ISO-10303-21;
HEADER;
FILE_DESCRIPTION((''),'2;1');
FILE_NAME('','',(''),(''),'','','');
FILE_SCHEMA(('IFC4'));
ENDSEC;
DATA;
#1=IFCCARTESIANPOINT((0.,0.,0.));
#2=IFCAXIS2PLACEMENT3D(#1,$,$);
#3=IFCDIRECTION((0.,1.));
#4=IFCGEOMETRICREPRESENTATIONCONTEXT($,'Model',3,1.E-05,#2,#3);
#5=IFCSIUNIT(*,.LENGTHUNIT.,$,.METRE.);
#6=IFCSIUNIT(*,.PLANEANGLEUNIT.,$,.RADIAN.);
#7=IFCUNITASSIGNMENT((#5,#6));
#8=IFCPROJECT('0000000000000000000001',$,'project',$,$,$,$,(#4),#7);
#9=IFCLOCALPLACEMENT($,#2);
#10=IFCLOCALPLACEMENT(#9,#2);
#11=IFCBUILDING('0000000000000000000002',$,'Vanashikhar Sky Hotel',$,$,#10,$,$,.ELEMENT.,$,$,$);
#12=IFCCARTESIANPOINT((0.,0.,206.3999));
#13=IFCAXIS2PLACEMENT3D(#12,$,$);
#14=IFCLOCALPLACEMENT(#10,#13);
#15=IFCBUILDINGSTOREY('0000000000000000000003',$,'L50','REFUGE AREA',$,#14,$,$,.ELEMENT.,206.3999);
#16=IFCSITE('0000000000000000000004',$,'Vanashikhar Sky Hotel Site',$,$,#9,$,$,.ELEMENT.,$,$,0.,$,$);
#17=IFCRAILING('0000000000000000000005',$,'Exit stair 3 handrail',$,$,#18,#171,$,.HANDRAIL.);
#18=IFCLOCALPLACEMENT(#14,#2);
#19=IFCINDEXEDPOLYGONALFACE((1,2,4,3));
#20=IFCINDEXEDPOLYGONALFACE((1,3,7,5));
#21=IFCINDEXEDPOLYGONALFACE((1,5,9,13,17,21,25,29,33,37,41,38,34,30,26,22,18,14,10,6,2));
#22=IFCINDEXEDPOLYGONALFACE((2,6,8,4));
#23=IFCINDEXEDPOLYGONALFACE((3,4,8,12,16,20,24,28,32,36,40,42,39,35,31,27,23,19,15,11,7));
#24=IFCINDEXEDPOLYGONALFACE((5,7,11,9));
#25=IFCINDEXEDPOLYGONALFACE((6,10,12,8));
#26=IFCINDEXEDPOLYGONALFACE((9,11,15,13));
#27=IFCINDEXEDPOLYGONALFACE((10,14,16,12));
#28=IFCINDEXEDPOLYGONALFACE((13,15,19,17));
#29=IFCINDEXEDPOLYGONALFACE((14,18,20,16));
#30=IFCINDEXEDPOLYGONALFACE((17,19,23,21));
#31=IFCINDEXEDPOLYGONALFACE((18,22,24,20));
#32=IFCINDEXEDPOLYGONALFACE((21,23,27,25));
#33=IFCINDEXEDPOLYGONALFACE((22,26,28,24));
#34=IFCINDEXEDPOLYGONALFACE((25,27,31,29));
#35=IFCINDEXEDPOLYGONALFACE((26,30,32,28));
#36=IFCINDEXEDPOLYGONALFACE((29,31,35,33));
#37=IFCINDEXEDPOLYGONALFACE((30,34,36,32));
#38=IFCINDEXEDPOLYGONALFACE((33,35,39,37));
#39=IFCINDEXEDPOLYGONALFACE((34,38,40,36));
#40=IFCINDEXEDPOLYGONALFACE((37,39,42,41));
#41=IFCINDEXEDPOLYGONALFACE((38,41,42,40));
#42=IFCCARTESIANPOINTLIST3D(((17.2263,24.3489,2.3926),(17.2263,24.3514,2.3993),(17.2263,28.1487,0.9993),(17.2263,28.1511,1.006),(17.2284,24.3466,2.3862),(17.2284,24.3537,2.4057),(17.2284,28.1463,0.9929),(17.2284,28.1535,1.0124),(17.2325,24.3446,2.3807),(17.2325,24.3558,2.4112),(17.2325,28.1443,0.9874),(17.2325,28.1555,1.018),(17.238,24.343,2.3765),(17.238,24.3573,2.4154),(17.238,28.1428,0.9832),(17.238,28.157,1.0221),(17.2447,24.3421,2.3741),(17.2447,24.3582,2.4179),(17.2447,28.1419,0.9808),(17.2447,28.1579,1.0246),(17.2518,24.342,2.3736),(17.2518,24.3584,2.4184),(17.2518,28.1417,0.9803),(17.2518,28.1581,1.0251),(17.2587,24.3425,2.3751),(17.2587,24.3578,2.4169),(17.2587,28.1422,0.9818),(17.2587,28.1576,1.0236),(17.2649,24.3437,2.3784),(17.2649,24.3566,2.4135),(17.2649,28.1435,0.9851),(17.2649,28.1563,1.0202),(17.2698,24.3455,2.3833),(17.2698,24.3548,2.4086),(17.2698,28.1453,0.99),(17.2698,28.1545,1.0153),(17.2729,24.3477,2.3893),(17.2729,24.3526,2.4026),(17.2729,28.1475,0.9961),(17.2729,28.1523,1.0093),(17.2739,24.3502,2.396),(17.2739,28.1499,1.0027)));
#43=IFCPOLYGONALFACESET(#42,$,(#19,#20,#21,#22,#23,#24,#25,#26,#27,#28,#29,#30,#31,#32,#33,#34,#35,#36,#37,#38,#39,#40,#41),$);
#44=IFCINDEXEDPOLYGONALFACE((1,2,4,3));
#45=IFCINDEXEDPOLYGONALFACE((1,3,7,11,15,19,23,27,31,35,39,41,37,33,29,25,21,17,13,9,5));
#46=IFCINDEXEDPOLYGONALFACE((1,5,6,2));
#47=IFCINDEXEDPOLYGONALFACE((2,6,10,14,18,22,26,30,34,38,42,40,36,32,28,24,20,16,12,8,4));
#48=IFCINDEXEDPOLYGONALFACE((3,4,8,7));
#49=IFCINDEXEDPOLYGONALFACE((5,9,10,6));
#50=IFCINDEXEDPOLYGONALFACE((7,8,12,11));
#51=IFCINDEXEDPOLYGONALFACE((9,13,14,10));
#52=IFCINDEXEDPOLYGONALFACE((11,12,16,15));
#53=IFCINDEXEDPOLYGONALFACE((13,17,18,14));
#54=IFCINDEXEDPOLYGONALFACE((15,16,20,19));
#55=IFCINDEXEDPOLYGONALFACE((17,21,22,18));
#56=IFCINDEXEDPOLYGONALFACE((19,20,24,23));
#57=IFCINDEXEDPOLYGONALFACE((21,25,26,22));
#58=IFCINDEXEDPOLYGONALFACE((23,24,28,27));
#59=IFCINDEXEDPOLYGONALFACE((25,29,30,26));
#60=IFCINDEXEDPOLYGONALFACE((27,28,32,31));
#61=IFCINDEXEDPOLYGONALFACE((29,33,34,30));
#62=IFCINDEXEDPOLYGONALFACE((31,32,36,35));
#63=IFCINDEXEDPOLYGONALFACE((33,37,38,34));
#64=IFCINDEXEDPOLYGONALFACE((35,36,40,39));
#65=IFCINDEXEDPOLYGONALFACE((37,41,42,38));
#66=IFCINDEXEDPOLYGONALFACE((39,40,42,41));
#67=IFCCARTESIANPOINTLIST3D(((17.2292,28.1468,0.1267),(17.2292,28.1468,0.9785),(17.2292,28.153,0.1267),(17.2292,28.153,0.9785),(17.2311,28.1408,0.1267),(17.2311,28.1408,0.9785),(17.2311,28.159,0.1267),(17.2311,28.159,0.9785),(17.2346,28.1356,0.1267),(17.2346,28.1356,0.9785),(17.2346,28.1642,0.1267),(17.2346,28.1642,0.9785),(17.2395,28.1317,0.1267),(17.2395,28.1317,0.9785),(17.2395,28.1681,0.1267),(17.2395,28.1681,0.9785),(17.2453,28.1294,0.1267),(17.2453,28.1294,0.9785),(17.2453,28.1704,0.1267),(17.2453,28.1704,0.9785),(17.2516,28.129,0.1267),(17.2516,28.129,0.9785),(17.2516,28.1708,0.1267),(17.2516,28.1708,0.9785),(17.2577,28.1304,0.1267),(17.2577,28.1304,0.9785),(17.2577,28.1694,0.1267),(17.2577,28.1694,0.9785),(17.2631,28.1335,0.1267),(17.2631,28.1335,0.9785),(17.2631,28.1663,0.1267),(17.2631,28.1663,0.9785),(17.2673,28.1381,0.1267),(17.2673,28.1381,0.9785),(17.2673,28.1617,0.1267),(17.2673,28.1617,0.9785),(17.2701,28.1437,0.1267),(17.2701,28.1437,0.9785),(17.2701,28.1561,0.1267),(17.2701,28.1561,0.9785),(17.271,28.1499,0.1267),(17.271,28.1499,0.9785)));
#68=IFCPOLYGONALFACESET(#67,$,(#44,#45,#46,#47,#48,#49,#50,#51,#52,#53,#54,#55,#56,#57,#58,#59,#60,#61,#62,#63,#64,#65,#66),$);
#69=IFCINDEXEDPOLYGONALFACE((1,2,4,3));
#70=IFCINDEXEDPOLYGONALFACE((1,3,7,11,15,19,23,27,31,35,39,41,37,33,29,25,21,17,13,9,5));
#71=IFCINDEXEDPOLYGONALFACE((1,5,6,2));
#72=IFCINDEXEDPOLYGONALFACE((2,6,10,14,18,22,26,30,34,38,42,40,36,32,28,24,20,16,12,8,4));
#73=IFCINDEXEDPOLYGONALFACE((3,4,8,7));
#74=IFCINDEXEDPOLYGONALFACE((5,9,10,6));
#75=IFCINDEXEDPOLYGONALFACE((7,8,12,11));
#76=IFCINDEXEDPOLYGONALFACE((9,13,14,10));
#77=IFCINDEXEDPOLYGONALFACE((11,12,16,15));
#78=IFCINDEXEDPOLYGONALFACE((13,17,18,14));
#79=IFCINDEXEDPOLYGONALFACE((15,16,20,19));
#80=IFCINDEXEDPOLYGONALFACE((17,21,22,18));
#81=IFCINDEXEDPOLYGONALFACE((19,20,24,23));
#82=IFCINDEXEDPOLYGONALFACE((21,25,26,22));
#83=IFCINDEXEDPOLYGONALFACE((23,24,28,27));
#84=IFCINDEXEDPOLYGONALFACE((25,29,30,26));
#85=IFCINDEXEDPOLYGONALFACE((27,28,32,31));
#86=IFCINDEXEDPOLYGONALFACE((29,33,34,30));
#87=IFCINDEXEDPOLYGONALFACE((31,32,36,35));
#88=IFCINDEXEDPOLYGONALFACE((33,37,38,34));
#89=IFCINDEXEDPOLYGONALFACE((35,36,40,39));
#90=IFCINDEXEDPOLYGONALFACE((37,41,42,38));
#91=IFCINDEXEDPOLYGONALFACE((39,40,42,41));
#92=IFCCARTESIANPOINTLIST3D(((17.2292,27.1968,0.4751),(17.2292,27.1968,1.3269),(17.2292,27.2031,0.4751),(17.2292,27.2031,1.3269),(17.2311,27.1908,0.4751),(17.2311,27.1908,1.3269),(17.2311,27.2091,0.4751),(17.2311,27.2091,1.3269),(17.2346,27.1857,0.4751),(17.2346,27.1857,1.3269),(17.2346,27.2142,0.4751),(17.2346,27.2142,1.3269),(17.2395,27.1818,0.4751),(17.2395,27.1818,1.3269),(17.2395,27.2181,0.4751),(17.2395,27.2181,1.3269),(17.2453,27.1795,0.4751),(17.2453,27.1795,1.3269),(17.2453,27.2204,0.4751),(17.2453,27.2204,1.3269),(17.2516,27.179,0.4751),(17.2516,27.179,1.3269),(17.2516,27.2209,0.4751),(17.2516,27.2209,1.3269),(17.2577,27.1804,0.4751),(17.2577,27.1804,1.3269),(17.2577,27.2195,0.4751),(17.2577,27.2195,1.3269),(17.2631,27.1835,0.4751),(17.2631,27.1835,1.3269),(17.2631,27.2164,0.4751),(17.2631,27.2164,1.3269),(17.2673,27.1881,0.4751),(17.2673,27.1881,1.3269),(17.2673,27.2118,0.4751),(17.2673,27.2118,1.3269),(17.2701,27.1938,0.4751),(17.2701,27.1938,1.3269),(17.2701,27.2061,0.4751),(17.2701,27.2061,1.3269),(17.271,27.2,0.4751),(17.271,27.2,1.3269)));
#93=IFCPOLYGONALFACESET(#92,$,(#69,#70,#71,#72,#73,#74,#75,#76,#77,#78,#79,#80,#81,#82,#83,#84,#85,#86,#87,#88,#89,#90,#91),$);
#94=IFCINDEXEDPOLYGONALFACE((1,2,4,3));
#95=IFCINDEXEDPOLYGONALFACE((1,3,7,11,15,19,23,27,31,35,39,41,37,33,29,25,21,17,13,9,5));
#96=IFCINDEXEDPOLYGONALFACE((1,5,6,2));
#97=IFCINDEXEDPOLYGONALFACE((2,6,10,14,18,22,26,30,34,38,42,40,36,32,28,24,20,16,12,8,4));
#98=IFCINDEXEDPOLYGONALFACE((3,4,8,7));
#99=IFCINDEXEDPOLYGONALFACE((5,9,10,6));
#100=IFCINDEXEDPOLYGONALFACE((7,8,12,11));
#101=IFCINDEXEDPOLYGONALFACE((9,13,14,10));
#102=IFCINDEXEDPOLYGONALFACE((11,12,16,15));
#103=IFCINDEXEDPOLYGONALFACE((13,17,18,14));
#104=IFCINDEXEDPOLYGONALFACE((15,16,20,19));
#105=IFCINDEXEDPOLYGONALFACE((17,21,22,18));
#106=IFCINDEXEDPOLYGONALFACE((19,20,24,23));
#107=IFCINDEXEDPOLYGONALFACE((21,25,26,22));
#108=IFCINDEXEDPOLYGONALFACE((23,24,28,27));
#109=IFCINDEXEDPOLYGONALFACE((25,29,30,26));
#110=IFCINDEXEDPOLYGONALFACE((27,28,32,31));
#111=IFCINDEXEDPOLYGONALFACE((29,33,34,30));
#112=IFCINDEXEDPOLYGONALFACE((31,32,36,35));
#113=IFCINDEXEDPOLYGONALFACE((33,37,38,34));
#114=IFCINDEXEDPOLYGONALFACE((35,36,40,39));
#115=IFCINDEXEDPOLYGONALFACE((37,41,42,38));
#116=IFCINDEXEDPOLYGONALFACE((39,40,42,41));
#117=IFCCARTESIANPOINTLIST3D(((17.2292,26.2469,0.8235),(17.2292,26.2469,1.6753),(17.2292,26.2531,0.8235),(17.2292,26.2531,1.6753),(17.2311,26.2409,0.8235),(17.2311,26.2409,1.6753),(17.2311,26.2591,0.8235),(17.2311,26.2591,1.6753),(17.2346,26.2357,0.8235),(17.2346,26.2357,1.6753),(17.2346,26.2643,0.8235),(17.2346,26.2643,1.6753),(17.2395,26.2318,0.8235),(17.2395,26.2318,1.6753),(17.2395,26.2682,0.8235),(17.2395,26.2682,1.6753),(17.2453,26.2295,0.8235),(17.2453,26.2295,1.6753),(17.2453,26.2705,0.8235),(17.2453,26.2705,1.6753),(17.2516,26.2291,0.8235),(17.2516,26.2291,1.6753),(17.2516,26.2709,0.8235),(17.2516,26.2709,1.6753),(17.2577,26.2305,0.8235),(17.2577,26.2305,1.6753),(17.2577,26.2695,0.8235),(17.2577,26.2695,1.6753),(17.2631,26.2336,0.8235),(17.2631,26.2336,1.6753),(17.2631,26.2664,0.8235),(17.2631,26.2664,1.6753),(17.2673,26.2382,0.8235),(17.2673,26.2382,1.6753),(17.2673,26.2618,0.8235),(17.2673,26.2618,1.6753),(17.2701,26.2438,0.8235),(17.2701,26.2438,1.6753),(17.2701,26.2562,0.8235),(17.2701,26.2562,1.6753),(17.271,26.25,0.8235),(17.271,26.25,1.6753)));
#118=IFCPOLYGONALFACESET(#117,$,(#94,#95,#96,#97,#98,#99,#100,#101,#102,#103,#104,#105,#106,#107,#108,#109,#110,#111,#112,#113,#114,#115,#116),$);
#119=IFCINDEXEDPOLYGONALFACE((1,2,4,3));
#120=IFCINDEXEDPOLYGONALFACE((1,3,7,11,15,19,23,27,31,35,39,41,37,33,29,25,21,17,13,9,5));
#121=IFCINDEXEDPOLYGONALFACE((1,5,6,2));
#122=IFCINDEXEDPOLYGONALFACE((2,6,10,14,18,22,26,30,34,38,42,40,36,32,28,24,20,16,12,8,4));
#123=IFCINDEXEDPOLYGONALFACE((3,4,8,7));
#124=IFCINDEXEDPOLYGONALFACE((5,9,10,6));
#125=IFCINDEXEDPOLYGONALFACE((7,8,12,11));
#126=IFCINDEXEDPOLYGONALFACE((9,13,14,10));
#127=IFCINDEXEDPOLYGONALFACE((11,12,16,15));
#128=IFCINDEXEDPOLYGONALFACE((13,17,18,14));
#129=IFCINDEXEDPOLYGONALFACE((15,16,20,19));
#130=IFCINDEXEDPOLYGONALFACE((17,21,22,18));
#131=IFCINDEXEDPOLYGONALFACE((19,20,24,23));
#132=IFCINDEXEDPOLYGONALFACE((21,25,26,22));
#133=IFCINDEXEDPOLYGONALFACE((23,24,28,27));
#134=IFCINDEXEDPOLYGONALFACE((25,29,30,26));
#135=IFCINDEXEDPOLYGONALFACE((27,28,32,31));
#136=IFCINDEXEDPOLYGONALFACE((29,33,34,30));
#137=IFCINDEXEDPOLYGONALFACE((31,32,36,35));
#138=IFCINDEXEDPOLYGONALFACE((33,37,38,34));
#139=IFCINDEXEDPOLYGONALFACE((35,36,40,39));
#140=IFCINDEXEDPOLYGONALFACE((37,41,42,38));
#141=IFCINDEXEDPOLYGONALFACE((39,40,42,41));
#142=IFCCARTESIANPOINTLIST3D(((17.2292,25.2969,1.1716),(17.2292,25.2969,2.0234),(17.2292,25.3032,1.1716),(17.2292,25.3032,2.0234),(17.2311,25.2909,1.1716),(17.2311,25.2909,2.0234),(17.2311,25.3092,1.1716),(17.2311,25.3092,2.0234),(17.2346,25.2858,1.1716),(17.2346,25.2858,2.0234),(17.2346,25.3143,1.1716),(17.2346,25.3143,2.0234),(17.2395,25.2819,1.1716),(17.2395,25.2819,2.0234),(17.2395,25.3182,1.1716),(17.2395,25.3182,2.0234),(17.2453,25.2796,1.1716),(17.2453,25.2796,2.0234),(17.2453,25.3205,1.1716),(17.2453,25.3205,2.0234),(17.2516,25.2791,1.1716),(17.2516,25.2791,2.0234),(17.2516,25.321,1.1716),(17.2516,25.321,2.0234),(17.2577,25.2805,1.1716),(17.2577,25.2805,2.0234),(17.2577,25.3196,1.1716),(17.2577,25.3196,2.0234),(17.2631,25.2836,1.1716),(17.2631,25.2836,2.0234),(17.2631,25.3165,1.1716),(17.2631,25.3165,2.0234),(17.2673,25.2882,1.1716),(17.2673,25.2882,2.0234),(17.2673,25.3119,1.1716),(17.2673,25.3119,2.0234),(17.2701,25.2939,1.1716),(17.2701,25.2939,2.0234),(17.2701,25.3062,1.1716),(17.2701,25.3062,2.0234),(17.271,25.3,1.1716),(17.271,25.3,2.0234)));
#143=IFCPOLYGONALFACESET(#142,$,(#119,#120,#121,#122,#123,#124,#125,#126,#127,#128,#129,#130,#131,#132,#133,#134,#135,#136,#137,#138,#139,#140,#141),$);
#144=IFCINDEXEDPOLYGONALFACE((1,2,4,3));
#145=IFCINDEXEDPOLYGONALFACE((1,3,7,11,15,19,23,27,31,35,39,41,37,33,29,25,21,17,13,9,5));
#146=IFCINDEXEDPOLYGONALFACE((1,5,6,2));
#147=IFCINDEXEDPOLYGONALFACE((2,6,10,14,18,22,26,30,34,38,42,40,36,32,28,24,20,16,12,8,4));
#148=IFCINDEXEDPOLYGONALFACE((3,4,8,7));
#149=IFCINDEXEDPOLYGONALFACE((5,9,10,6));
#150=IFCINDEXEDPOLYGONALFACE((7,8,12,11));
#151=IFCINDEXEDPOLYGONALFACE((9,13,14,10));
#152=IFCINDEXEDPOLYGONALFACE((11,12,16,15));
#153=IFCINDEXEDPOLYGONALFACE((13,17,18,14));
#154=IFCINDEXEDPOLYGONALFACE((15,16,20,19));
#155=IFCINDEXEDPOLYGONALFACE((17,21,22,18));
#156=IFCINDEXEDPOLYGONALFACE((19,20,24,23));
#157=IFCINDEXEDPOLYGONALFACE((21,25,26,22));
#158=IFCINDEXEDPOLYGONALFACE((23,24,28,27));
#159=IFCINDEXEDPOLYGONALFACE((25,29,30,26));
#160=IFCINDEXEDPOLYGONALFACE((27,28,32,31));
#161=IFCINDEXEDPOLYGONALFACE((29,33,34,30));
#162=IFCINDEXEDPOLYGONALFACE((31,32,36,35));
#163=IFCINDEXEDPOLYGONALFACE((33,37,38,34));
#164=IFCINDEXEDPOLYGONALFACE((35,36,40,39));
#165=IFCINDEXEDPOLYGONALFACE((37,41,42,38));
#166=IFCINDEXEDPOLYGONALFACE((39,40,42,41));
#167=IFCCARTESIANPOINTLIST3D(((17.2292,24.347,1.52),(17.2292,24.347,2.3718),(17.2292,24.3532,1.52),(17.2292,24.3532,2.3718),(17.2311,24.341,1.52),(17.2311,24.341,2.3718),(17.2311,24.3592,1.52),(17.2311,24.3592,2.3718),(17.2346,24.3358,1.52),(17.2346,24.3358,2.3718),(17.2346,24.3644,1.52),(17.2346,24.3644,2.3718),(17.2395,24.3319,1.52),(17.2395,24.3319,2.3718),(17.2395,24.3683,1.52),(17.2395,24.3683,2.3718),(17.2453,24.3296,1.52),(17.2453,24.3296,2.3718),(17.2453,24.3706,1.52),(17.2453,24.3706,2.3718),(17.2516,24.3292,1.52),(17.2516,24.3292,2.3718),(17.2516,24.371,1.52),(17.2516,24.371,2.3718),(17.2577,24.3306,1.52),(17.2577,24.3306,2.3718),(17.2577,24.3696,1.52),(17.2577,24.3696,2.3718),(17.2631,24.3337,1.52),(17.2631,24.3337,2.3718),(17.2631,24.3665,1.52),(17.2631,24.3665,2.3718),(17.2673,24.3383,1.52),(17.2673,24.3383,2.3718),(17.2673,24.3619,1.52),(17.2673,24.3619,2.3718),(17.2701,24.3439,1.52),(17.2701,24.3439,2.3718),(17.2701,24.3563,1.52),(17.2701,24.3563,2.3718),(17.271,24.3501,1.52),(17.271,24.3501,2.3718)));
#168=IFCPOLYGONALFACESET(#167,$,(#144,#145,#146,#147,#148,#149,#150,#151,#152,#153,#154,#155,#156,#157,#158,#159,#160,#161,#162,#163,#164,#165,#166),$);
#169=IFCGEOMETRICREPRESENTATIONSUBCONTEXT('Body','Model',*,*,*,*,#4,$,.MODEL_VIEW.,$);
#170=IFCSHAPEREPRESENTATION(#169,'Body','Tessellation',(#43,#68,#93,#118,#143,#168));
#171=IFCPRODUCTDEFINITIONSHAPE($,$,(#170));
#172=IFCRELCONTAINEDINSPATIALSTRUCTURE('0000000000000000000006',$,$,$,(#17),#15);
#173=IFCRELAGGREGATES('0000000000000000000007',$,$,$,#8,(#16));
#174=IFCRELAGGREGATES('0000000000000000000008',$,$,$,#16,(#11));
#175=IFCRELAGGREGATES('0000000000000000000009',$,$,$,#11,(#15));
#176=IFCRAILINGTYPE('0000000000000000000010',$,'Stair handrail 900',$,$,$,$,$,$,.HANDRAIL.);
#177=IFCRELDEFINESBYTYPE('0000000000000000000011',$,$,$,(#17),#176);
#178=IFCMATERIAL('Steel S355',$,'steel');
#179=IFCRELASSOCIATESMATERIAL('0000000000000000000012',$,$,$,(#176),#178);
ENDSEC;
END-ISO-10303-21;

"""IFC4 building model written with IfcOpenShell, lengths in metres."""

from ifc_helpers import new_model, si_unit, direction, frame, origin, origin_2d, place, context, subcontext, project, spatial, circle, extrude, source, transform, mapped, material, type_object, element, save


model = new_model("IFC4")

# Units and contexts
model_context = context("Model", 3, precision=1e-05, world=origin(), true_north=direction((0.0, 1.0)))
body_context = subcontext(model_context, "Body", "Model", "MODEL_VIEW")
ifc_project = project(units=[si_unit("LENGTHUNIT", "METRE"), si_unit("PLANEANGLEUNIT", "RADIAN")], contexts=[model_context])

# Site, building, storey
site_placement = place(None, origin())
site = spatial("IfcSite", under=ifc_project, at=site_placement, Name="Vanashikhar Sky Hotel Site", CompositionType="ELEMENT", RefElevation=0.0)
building_placement = place(site_placement, origin())
building = spatial("IfcBuilding", under=site, at=building_placement, Name="Vanashikhar Sky Hotel", CompositionType="ELEMENT")
storey_placement = place(building_placement, frame((0.0, 0.0, 206.3999)))
storey = spatial("IfcBuildingStorey", under=building, at=storey_placement, Name="L50", Description="REFUGE AREA", CompositionType="ELEMENT", Elevation=206.3999)

# Railing
ifc_material_1 = material(Name="Steel S355", Category="steel")
railing_type_1 = type_object("IfcRailingType", Name="Stair handrail 900", PredefinedType="HANDRAIL", material=ifc_material_1)
shared_shape_1 = source(origin(), body_context, "Body", "SweptSolid", [
    extrude(circle(Radius=0.0239, at=origin_2d()), frame((0.0, 0.0, 0.876), z_axis=(0.0, -0.938872, 0.344265), x_axis=(1.0, 0.0, 0.0)), (0.0, 0.0, 1.0), 4.0471),
    extrude(circle(Radius=0.021, at=origin_2d()), origin(), (0.0, 0.0, 1.0), 0.8518),
    extrude(circle(Radius=0.021, at=origin_2d()), frame((0.0, -0.95, 0.3484)), (0.0, 0.0, 1.0), 0.8518),
    extrude(circle(Radius=0.021, at=origin_2d()), frame((0.0, -1.8999, 0.6968)), (0.0, 0.0, 1.0), 0.8518),
    extrude(circle(Radius=0.021, at=origin_2d()), frame((0.0, -2.8499, 1.0449)), (0.0, 0.0, 1.0), 0.8518),
    extrude(circle(Radius=0.021, at=origin_2d()), frame((0.0, -3.7998, 1.3933)), (0.0, 0.0, 1.0), 0.8518),
])
for number, where, name in (
    (1, (17.25, 28.1499, 0.1267), "Exit stair 3 handrail"),
):
    element("IfcRailing", number, at=place(storey_placement, frame(where)), inside=storey, type_object=railing_type_1, Name=name, PredefinedType="HANDRAIL", context=body_context, shape_type="MappedRepresentation", body=[
        mapped(shared_shape_1, transform((0.0, 0.0, 0.0), scale=1.0)),
    ])

save(model, "model.ifc")
